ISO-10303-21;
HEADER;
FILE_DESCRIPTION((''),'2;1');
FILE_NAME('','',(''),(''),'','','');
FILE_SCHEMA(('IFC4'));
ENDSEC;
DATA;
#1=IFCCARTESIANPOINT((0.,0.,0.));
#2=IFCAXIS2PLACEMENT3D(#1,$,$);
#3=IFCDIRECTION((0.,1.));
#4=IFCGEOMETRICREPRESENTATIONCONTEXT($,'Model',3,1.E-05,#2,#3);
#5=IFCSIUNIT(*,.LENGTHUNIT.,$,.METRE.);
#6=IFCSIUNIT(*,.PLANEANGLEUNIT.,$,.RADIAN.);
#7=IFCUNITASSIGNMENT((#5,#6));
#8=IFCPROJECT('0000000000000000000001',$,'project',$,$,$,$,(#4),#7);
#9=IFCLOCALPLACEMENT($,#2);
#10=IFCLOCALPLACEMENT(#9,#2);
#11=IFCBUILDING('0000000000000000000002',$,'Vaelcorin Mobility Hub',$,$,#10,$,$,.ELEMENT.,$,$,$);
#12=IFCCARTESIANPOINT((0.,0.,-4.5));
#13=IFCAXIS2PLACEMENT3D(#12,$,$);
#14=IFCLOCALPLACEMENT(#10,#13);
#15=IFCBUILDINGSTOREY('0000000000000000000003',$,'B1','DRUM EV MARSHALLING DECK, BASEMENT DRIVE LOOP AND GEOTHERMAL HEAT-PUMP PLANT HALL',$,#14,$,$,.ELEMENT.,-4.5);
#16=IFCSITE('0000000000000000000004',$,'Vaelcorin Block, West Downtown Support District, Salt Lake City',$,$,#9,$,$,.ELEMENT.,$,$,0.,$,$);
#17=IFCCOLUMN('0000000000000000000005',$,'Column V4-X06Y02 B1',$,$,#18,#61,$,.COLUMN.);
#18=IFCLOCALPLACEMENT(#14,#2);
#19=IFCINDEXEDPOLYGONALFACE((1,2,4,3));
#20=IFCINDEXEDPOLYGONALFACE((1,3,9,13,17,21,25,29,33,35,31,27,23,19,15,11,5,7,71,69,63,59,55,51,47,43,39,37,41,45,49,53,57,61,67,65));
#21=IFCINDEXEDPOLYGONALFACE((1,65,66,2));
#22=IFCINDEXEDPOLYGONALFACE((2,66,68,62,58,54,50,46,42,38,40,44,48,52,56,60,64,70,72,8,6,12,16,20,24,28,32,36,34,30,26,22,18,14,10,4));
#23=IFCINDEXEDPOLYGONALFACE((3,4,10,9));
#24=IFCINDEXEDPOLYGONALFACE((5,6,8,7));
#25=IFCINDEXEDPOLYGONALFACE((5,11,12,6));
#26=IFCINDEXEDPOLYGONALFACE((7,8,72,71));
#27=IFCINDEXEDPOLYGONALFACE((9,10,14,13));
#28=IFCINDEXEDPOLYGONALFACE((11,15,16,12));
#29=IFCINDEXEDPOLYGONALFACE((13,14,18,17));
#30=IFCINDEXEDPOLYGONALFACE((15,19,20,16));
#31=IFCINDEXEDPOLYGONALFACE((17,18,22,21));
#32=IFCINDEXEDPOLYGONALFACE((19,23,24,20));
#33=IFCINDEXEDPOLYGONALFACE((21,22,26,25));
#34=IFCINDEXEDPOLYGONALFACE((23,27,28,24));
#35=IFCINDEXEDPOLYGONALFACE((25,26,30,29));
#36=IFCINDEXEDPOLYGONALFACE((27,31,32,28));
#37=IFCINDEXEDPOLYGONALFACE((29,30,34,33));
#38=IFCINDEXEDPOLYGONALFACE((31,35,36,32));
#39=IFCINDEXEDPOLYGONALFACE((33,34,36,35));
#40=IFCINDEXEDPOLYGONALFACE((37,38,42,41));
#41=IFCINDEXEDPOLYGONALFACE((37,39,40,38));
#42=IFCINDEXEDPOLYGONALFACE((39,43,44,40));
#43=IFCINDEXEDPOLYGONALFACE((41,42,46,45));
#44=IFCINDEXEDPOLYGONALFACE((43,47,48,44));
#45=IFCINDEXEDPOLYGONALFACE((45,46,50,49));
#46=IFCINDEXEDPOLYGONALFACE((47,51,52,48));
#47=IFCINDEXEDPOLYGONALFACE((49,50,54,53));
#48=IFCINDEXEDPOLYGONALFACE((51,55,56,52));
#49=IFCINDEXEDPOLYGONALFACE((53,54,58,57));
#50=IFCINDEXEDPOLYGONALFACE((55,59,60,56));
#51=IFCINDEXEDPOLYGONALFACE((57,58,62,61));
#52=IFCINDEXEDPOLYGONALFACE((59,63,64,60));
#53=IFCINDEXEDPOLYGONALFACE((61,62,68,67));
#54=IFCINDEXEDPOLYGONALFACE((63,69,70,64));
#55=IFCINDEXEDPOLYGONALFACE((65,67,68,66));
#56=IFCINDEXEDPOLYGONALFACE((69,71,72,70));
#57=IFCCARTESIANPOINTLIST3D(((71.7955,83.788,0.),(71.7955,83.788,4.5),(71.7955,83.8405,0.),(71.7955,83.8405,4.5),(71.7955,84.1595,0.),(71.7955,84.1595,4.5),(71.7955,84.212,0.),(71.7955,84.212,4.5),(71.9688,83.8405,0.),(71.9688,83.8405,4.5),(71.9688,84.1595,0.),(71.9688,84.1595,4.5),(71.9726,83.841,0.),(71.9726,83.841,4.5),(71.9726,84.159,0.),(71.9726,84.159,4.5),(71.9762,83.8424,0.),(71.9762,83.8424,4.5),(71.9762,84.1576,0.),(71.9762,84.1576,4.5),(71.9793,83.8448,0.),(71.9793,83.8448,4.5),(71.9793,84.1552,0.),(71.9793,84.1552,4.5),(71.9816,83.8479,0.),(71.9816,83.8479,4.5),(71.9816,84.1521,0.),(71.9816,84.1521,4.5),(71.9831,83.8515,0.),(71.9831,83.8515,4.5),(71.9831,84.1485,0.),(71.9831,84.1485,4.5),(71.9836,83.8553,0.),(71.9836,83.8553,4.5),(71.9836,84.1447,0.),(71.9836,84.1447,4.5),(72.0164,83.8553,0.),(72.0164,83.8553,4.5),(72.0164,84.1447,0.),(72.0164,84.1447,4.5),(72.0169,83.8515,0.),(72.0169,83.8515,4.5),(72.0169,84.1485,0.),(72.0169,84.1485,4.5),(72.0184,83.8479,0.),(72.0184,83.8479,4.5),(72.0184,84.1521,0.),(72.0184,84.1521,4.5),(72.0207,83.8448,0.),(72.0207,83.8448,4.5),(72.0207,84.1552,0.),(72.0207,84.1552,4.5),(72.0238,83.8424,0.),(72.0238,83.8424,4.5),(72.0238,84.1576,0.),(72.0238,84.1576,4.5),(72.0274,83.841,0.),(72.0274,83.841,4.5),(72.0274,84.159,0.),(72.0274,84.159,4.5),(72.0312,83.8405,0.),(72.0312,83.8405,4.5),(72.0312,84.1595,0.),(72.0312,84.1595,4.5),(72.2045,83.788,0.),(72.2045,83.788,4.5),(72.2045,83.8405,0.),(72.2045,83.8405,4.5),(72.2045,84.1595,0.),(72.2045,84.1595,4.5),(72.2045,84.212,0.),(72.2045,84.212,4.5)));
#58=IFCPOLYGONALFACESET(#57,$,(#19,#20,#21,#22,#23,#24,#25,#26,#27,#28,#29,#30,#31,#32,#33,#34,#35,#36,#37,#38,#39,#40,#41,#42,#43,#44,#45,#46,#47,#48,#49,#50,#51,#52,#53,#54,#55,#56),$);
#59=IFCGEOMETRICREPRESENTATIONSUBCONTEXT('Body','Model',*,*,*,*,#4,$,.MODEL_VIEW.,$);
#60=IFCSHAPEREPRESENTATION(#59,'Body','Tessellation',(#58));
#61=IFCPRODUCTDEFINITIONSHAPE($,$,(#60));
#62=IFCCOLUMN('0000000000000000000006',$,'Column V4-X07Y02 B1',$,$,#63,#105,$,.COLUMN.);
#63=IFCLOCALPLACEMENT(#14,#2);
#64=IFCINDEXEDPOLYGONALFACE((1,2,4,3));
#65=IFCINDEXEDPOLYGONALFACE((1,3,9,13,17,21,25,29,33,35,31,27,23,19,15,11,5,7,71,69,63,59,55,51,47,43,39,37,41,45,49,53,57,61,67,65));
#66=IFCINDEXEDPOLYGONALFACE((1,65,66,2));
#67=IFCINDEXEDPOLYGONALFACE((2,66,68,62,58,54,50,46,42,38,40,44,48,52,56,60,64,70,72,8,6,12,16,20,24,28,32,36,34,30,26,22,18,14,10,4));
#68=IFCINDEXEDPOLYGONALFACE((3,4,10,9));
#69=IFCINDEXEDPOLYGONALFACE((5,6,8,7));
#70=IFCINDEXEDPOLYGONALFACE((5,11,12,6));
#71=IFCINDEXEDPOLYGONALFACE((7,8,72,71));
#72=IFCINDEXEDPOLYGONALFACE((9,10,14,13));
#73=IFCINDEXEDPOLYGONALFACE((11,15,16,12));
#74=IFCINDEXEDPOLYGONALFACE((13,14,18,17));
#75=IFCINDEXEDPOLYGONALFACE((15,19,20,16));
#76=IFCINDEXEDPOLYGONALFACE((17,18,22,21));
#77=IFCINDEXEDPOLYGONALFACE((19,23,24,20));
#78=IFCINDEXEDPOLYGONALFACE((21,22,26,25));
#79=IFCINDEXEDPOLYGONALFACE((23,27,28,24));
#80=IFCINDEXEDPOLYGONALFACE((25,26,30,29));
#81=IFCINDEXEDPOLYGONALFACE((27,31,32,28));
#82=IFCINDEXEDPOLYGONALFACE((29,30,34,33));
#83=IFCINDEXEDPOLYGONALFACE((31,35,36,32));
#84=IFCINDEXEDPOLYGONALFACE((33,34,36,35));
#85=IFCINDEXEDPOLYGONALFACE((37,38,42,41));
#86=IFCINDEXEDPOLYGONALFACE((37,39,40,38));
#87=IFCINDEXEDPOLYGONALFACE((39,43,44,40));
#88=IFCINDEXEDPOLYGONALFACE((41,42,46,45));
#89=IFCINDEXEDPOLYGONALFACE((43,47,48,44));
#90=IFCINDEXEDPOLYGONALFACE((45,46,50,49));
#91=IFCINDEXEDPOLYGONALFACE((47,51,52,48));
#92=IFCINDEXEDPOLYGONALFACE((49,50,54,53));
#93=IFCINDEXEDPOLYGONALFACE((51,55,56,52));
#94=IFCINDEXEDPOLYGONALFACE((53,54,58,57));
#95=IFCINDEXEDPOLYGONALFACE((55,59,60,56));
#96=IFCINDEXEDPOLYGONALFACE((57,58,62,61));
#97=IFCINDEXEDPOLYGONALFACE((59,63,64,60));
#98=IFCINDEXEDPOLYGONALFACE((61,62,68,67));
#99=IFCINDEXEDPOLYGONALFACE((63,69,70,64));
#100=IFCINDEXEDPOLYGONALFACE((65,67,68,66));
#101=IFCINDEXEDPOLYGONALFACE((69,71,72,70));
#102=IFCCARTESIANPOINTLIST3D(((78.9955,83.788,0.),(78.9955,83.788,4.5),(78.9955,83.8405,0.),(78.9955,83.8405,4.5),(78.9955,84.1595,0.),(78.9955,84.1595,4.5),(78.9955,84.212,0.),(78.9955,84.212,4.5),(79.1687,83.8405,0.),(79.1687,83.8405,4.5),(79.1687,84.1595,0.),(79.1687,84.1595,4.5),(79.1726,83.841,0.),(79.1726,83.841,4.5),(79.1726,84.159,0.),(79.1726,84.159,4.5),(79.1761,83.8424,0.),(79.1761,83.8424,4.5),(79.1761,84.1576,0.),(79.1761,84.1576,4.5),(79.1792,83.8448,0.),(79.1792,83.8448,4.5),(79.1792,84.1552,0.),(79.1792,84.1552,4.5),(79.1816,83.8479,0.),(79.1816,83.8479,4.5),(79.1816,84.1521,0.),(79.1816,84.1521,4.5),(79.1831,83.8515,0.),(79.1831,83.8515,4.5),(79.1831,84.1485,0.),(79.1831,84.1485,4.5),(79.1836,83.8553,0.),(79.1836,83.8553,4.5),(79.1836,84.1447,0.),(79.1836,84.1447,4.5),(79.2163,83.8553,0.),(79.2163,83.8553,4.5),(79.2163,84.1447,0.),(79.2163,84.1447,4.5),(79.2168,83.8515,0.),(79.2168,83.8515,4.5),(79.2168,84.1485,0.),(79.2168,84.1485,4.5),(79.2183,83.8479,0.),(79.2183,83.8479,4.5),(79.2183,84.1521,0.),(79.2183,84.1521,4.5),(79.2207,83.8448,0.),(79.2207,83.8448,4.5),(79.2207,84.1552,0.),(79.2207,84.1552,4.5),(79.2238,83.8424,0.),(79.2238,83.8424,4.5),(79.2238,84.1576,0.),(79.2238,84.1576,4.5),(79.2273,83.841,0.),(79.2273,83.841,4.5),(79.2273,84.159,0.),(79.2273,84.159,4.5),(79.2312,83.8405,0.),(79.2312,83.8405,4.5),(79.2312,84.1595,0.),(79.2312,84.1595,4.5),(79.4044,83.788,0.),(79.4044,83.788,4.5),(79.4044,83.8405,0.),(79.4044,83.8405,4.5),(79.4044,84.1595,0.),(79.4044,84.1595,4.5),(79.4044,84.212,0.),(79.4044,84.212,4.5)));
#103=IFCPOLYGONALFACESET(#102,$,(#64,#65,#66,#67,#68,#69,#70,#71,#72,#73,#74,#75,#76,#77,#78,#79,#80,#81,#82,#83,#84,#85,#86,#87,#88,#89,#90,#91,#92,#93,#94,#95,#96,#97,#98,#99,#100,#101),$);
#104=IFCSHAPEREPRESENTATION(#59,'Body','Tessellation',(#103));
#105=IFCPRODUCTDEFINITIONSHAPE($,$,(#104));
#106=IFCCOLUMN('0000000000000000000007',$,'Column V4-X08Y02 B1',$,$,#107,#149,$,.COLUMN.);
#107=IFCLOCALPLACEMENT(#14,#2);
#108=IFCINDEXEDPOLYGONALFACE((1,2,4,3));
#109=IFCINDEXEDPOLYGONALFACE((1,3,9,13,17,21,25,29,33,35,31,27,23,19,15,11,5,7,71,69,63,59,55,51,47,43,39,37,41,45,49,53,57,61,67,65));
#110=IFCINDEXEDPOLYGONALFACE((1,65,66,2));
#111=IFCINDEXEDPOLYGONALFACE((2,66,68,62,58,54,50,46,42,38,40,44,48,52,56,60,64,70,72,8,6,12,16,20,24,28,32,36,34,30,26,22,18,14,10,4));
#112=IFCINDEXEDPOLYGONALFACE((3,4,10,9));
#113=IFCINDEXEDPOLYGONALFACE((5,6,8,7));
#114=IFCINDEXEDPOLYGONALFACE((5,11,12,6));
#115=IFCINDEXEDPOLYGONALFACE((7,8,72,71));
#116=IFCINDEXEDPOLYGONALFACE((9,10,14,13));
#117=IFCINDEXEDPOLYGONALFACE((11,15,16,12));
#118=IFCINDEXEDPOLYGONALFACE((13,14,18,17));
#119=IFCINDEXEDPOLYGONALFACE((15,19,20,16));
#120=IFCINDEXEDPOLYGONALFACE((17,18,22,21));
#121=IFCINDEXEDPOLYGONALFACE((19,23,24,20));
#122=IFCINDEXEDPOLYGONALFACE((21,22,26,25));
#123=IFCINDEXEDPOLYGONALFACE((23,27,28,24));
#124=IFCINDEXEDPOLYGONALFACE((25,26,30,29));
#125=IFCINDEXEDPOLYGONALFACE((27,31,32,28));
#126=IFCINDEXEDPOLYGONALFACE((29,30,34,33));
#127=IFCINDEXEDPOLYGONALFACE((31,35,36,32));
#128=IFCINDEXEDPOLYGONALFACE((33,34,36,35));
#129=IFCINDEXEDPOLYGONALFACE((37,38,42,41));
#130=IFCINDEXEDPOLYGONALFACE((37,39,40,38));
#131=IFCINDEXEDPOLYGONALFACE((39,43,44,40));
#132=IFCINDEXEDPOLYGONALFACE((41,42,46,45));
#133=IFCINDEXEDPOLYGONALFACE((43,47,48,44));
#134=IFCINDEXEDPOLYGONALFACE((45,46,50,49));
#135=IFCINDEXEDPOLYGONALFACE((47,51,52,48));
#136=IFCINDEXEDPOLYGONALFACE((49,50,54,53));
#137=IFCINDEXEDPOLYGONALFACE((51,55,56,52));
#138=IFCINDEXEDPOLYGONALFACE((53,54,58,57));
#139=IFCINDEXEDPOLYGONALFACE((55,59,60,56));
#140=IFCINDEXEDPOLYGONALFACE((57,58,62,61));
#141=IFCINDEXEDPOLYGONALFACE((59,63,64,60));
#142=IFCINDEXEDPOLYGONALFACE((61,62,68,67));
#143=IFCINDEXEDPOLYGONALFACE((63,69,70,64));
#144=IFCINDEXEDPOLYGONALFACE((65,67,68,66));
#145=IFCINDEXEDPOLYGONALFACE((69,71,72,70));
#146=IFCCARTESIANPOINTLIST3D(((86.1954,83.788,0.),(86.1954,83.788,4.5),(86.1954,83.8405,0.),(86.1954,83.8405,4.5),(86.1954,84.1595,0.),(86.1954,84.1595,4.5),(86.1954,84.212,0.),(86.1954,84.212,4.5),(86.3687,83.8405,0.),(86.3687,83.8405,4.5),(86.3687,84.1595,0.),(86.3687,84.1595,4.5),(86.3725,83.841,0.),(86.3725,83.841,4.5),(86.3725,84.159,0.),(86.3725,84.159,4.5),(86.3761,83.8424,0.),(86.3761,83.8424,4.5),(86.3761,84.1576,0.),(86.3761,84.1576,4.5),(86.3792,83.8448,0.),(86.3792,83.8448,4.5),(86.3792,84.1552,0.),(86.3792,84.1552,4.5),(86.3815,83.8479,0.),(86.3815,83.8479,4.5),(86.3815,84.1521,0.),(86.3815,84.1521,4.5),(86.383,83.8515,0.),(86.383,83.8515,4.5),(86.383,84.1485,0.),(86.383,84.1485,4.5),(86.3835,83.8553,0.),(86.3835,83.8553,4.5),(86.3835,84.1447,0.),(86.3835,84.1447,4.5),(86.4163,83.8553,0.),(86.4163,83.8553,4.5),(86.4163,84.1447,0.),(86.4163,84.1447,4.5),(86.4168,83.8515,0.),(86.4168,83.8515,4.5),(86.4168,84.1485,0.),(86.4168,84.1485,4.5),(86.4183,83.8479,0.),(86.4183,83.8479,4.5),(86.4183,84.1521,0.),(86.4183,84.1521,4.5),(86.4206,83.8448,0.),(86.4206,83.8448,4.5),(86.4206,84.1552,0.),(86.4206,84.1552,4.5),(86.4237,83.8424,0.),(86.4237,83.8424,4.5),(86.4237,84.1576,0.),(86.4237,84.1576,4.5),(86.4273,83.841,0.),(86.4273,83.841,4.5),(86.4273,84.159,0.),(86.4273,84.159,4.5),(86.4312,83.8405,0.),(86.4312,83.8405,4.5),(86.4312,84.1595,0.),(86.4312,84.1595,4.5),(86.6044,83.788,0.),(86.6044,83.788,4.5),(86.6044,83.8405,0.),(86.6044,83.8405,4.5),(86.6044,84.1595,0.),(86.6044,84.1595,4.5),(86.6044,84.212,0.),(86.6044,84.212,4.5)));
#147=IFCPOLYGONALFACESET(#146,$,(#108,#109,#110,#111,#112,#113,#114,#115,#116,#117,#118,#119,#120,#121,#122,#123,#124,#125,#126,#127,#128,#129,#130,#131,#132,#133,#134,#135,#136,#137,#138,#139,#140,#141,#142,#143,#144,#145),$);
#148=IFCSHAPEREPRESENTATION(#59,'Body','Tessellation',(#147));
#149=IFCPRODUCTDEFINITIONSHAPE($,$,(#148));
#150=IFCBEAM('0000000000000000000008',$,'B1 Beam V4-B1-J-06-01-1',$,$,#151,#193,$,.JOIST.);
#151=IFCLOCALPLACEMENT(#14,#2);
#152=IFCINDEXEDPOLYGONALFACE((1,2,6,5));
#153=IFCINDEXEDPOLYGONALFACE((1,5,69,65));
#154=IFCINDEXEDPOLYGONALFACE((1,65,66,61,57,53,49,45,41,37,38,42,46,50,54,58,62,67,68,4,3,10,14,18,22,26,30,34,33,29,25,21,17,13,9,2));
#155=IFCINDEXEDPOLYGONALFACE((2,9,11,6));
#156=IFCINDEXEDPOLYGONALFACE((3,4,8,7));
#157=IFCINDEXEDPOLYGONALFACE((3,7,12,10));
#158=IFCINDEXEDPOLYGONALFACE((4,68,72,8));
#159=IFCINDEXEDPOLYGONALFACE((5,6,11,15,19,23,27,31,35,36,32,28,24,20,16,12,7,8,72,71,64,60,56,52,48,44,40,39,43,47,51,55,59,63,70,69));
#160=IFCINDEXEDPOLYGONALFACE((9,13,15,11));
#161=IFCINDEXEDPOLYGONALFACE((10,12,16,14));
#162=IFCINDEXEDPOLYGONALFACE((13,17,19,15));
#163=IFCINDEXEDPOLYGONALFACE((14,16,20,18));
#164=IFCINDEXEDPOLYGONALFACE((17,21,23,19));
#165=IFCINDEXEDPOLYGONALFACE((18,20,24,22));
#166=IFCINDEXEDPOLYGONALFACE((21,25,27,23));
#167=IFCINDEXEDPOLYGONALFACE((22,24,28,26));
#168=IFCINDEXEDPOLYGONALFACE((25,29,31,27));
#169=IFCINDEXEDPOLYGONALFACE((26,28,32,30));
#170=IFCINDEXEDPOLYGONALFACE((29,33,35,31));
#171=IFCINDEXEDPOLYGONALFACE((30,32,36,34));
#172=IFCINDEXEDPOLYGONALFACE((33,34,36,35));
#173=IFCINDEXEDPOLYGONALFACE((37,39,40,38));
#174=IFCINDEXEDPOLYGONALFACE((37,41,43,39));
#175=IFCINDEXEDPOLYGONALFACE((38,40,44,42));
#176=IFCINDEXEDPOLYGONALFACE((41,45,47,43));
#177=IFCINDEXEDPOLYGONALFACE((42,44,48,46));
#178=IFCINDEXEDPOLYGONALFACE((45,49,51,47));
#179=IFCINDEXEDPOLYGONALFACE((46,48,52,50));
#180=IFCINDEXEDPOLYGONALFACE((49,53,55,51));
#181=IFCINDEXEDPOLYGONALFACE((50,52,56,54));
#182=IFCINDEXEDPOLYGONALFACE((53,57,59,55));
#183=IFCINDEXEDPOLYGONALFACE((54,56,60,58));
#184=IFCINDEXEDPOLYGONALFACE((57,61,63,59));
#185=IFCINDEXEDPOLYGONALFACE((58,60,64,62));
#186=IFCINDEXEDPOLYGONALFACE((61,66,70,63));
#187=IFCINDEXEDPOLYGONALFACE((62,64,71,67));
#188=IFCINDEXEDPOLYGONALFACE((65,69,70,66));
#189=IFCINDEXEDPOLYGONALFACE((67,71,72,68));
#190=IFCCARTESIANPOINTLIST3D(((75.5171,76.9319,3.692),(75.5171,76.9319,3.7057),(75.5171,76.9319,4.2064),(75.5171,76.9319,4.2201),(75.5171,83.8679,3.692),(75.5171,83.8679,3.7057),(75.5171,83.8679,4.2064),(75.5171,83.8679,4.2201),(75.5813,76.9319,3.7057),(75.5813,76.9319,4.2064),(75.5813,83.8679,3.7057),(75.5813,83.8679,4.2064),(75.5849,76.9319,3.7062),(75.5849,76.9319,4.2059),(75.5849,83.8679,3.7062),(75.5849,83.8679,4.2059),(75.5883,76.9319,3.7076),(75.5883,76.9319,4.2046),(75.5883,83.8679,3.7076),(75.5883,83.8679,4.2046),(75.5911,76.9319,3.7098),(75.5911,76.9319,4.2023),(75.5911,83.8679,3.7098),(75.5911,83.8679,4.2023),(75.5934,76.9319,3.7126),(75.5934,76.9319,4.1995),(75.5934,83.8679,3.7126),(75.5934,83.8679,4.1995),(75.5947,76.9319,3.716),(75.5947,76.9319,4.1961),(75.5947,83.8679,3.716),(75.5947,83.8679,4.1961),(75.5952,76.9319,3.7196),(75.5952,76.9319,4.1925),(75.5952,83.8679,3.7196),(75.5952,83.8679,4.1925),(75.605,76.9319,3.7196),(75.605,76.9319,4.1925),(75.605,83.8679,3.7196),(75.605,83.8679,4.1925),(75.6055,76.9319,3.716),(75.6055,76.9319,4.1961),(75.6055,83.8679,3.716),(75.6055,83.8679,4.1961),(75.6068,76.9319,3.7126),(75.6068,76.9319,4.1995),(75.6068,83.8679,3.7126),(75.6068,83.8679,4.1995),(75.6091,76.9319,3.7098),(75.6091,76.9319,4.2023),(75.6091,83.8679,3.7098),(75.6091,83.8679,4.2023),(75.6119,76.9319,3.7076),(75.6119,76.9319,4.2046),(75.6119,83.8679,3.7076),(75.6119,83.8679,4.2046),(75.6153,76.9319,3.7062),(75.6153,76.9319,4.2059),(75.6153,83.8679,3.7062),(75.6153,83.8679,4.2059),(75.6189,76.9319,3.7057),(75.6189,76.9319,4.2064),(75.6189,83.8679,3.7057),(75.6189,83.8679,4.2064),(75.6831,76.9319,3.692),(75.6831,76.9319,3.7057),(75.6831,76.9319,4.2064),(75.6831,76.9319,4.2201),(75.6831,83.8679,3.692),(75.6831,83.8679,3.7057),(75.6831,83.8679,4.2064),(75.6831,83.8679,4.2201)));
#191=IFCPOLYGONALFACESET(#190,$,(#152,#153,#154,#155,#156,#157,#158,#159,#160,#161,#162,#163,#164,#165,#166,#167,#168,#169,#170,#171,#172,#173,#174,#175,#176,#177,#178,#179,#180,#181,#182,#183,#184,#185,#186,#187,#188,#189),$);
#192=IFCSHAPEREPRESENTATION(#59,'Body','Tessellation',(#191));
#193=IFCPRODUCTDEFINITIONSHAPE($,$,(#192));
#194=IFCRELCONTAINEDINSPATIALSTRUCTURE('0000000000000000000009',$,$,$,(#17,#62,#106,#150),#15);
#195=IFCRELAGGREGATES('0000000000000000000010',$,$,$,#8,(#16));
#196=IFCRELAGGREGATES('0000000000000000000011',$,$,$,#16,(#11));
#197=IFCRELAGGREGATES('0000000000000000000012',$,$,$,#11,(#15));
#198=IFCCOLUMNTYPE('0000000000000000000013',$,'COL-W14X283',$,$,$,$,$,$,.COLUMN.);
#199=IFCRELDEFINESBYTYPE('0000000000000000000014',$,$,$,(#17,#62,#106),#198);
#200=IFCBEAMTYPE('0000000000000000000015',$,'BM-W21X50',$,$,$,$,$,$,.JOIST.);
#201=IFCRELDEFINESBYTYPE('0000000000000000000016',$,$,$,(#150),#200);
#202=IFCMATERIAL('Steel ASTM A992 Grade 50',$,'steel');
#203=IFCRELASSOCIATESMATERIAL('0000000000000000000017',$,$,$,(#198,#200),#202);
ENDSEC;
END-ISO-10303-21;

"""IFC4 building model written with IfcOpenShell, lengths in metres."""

from ifc_helpers import new_model, si_unit, direction, frame, origin, origin_2d, place, context, subcontext, project, spatial, i_section, extrude, material, material_profile, profile_set, type_object, element, save


model = new_model("IFC4")

# Units and contexts
model_context = context("Model", 3, precision=1e-05, world=origin(), true_north=direction((0.0, 1.0)))
body_context = subcontext(model_context, "Body", "Model", "MODEL_VIEW")
ifc_project = project(units=[si_unit("LENGTHUNIT", "METRE"), si_unit("PLANEANGLEUNIT", "RADIAN")], contexts=[model_context])

# Site, building, storey
site_placement = place(None, origin())
site = spatial("IfcSite", under=ifc_project, at=site_placement, Name="Vaelcorin Block, West Downtown Support District, Salt Lake City", CompositionType="ELEMENT", RefElevation=0.0)
building_placement = place(site_placement, origin())
building = spatial("IfcBuilding", under=site, at=building_placement, Name="Vaelcorin Mobility Hub", CompositionType="ELEMENT")
storey_placement = place(building_placement, frame((0.0, 0.0, -4.5)))
storey = spatial("IfcBuildingStorey", under=building, at=storey_placement, Name="B1", Description="DRUM EV MARSHALLING DECK, BASEMENT DRIVE LOOP AND GEOTHERMAL HEAT-PUMP PLANT HALL", CompositionType="ELEMENT", Elevation=-4.5)

# Columns
ifc_material_1 = material(Name="Steel ASTM A992 Grade 50", Category="steel")
ifc_material_profile_1 = material_profile(ifc_material_1, i_section(OverallWidth=0.4089, OverallDepth=0.4241, WebThickness=0.0327, FlangeThickness=0.0525, FilletRadius=0.0149, at=origin_2d()), Name="W14X283")
ifc_profile_set_1 = profile_set([ifc_material_profile_1], Name="Steel ASTM A992 Grade 50")
column_type_1 = type_object("IfcColumnType", Name="COL-W14X283", PredefinedType="COLUMN", material=ifc_profile_set_1)
for number, where, z_axis, x_axis, name in (
    (1, (72.0, 84.0, 0.0), (0.0, 0.0, 1.0), (1.0, 0.0, 0.0), "Column V4-X06Y02 B1"),
    (2, (79.2, 84.0, 0.0), (0.0, 0.0, 1.0), (1.0, 0.0, 0.0), "Column V4-X07Y02 B1"),
    (3, (86.3999, 84.0, 0.0), (0.0, 0.0, 1.0), (1.0, 0.0, 0.0), "Column V4-X08Y02 B1"),
):
    element("IfcColumn", number, at=place(storey_placement, frame(where, z_axis=z_axis, x_axis=x_axis)), inside=storey, type_object=column_type_1, Name=name, PredefinedType="COLUMN", context=body_context, shape_type="SweptSolid", body=[
        extrude(i_section(OverallWidth=0.4089, OverallDepth=0.4241, WebThickness=0.0327, FlangeThickness=0.0525, FilletRadius=0.0149, at=origin_2d()), origin(), (0.0, 0.0, 1.0), 4.5),
    ])

# Beam
ifc_material_profile_2 = material_profile(ifc_material_1, i_section(OverallWidth=0.166, OverallDepth=0.5281, WebThickness=0.0098, FlangeThickness=0.0137, FilletRadius=0.0139, at=origin_2d()), Name="W21X50")
ifc_profile_set_2 = profile_set([ifc_material_profile_2], Name="Steel ASTM A992 Grade 50")
beam_type_1 = type_object("IfcBeamType", Name="BM-W21X50", PredefinedType="JOIST", material=ifc_profile_set_2)
for number, where, z_axis, x_axis, name in (
    (4, (75.6001, 76.9319, 3.9561), (0.0, 1.0, 0.0), (-1.0, 0.0, 0.0), "B1 Beam V4-B1-J-06-01-1"),
):
    element("IfcBeam", number, at=place(storey_placement, frame(where, z_axis=z_axis, x_axis=x_axis)), inside=storey, type_object=beam_type_1, Name=name, PredefinedType="JOIST", context=body_context, shape_type="SweptSolid", body=[
        extrude(i_section(OverallWidth=0.166, OverallDepth=0.5281, WebThickness=0.0098, FlangeThickness=0.0137, FilletRadius=0.0139, at=origin_2d()), origin(), (0.0, 0.0, 1.0), 6.936),
    ])

save(model, "model.ifc")
